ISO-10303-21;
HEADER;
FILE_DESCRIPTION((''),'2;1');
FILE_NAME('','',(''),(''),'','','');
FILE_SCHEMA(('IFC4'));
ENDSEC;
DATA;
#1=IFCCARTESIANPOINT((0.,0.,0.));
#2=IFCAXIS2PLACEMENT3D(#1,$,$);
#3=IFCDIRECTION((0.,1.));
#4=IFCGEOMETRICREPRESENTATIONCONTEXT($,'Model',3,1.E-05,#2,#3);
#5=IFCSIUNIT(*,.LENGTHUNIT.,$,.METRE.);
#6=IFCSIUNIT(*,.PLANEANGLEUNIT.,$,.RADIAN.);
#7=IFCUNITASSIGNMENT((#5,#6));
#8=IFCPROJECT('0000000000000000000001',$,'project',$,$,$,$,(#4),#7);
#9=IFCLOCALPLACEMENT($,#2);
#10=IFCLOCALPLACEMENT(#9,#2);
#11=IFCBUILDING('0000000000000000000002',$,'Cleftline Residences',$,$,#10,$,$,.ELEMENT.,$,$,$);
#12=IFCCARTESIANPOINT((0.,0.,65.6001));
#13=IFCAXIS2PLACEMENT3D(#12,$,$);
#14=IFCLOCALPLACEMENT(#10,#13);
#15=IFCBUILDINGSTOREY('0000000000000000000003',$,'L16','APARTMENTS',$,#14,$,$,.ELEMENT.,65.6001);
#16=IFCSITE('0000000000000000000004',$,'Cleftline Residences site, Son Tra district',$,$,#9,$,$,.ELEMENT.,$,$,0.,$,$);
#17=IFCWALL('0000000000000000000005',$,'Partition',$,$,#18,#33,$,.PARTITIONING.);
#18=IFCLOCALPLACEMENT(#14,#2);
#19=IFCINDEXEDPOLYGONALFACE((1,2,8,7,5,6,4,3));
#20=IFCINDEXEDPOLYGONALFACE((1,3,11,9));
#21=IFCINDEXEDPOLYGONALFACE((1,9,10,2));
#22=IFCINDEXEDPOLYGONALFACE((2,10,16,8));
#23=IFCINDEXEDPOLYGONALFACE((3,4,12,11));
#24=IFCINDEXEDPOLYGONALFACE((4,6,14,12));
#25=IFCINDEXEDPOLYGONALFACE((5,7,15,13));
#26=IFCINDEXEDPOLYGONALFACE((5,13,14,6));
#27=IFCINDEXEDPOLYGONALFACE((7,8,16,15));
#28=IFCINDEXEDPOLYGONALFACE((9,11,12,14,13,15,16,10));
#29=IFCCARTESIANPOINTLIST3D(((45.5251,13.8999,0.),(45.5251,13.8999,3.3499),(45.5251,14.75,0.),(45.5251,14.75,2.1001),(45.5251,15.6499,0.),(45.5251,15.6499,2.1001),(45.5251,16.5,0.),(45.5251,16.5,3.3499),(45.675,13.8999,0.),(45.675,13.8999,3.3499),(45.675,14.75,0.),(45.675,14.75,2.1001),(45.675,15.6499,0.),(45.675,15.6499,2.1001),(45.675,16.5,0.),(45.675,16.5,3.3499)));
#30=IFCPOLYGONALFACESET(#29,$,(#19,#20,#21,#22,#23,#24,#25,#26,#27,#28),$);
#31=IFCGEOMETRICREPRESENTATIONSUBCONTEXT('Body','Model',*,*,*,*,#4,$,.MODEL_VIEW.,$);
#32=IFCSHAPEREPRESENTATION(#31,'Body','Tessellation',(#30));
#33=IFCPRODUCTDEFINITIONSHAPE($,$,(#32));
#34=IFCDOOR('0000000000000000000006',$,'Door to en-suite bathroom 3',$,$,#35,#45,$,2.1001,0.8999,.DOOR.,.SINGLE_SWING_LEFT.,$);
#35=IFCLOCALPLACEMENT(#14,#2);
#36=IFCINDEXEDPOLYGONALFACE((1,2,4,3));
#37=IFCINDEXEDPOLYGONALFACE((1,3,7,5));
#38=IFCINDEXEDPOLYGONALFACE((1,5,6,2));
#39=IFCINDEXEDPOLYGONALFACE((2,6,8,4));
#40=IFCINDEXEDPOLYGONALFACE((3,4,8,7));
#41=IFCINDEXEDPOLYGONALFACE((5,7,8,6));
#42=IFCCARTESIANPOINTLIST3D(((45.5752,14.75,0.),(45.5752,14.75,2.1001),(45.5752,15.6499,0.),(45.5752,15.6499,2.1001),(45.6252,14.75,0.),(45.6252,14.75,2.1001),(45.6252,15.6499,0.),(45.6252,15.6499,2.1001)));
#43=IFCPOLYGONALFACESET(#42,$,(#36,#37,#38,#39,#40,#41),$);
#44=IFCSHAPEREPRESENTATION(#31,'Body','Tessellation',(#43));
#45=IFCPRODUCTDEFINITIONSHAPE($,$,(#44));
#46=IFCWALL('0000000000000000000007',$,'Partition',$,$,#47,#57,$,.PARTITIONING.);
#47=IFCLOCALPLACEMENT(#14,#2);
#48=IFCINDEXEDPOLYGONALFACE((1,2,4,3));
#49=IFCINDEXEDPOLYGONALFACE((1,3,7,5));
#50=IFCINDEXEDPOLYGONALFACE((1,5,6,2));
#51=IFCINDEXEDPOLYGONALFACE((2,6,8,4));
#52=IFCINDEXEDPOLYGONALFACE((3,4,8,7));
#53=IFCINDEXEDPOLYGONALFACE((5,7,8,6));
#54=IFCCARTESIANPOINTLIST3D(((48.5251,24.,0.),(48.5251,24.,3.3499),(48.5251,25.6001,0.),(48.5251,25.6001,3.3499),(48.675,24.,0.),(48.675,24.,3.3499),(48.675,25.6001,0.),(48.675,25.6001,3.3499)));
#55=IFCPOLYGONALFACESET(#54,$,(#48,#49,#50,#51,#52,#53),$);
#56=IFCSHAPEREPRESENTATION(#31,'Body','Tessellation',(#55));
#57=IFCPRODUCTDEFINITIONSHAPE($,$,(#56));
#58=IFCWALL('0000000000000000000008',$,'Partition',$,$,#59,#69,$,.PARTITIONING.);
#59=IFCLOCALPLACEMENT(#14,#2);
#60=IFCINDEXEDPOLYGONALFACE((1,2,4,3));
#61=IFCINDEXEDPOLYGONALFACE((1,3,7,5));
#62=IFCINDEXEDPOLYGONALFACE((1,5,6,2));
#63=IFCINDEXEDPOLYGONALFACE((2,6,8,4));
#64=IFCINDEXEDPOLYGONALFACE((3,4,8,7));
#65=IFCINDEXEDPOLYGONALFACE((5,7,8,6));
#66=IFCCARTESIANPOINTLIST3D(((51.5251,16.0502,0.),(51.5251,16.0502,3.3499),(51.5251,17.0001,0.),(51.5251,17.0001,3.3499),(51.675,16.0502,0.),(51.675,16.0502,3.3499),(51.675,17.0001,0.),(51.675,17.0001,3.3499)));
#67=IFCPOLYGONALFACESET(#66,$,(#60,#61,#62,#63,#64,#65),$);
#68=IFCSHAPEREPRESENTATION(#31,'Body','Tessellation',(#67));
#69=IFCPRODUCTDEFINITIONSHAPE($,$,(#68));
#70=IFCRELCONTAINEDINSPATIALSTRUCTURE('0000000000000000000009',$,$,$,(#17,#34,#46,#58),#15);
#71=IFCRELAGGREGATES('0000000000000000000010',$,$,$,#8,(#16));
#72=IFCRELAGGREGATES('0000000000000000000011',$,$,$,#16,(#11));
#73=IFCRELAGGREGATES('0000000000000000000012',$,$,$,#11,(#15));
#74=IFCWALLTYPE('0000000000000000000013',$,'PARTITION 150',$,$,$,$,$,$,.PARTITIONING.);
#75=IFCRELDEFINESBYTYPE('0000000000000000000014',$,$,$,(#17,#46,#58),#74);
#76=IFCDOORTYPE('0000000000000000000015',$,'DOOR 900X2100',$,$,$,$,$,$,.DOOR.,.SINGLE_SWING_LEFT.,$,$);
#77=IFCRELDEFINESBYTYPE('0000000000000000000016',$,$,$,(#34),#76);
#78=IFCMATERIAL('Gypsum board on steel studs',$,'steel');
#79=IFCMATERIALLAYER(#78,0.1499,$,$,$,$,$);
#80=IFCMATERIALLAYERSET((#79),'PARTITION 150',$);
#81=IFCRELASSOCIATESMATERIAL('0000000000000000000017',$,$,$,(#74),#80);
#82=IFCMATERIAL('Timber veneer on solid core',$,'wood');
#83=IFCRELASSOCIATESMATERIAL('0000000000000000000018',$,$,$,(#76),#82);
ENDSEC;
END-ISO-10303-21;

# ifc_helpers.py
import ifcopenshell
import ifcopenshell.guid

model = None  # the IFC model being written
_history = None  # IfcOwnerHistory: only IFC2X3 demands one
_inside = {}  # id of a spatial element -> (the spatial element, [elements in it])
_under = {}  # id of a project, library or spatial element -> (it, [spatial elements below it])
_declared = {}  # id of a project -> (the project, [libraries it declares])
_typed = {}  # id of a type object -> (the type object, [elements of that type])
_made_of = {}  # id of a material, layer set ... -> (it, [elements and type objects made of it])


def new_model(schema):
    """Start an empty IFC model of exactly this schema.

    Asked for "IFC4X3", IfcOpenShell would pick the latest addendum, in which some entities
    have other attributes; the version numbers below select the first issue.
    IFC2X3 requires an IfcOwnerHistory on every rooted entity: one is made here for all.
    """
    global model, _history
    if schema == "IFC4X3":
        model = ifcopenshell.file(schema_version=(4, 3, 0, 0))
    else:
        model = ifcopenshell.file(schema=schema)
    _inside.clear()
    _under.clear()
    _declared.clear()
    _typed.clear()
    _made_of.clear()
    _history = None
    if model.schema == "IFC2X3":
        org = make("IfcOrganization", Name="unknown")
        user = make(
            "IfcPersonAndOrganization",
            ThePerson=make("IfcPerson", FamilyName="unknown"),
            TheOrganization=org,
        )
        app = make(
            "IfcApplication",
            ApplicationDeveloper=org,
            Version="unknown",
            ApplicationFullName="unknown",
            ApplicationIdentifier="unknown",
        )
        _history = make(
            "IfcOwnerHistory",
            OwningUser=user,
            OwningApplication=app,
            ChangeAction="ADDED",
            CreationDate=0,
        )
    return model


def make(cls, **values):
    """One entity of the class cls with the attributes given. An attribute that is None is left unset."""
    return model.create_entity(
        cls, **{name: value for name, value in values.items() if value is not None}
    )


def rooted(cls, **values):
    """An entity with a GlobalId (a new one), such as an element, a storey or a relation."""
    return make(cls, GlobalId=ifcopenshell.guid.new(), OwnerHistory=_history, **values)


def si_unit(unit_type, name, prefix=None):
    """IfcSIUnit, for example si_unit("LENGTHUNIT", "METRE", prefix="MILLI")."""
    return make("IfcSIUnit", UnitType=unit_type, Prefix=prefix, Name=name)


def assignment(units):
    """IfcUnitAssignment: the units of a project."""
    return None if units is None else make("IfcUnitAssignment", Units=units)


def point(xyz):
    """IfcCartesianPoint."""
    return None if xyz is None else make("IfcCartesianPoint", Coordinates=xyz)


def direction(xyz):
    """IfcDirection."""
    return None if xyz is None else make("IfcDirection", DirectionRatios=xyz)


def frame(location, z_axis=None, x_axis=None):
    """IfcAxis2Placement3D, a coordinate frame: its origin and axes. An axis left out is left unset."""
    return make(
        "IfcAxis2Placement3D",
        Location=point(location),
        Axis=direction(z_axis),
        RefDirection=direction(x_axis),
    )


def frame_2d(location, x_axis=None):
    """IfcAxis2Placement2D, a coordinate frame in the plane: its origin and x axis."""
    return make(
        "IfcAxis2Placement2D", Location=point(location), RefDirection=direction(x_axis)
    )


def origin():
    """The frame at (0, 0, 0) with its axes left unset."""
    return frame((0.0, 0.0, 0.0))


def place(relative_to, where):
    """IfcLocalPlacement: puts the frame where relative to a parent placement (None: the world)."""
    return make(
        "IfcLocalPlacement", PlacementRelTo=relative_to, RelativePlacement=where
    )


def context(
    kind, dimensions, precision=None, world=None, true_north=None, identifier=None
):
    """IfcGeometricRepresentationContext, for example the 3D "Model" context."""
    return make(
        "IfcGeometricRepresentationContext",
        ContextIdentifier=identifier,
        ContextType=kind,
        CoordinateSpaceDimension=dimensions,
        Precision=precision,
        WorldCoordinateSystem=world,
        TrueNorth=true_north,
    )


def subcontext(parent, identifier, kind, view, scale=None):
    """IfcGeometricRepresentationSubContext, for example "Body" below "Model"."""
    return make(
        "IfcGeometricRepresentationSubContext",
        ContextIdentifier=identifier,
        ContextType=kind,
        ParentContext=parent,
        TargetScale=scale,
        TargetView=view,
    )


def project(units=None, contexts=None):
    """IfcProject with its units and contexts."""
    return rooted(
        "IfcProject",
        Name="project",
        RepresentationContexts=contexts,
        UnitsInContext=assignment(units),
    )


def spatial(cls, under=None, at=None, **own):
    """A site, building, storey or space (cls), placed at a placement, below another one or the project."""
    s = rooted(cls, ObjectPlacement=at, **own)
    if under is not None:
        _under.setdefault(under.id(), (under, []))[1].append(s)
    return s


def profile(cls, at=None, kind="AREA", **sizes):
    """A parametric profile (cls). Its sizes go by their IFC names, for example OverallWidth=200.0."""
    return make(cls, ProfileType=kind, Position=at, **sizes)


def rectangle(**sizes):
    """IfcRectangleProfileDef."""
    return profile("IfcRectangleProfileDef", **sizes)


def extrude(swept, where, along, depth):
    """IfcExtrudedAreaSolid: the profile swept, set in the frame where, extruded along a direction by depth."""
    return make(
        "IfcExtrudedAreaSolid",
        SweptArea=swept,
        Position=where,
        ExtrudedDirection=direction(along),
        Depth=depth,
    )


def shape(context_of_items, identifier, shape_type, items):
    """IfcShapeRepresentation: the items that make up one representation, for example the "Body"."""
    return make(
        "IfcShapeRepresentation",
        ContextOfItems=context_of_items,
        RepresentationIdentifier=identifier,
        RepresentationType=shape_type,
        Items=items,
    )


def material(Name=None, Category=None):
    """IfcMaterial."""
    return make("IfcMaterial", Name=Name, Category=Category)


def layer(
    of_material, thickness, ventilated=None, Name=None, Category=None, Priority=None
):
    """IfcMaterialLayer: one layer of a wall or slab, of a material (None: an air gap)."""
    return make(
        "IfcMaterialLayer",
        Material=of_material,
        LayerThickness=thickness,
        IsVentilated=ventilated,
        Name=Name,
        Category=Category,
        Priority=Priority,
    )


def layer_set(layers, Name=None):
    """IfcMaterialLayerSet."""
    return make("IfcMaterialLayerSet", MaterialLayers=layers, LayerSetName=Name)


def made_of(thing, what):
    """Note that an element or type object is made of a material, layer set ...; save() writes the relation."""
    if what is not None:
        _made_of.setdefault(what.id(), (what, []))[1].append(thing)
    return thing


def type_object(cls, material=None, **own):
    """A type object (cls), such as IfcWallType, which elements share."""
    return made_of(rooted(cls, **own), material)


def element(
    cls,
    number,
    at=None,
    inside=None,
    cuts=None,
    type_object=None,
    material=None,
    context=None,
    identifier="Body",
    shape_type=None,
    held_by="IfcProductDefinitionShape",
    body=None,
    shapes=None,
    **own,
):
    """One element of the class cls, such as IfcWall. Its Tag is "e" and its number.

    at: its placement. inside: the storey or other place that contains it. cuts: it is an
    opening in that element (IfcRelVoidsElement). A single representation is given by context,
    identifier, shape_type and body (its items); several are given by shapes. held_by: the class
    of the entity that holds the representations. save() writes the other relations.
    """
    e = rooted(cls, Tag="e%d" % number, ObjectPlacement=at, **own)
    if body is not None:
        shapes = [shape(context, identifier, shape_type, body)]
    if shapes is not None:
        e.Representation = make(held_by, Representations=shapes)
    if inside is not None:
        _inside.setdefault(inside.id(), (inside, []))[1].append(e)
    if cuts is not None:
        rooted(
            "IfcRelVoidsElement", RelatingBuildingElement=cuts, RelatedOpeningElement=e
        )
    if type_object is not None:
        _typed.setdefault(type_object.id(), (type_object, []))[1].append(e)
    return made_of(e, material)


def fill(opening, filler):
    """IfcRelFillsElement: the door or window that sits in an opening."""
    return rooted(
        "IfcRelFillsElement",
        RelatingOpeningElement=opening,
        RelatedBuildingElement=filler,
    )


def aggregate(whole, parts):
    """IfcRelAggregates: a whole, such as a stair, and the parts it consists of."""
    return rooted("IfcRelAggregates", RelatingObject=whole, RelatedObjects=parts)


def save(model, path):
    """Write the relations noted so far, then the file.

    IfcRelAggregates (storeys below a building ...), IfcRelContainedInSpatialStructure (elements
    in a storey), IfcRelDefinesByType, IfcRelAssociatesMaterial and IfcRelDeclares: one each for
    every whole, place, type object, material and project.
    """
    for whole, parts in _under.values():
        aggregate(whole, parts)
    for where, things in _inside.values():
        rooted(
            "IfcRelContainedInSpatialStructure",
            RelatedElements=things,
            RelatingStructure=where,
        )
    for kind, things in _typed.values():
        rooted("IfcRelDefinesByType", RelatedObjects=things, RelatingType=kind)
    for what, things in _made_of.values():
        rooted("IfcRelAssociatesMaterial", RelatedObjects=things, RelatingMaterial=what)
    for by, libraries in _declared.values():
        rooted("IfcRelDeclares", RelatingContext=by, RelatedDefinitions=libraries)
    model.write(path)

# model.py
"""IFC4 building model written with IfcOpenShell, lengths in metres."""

from ifc_helpers import new_model, si_unit, direction, frame, frame_2d, origin, place, context, subcontext, project, spatial, rectangle, extrude, material, layer, layer_set, type_object, element, fill, save


model = new_model("IFC4")

# Units and contexts
model_context = context("Model", 3, precision=1e-05, world=origin(), true_north=direction((0.0, 1.0)))
body_context = subcontext(model_context, "Body", "Model", "MODEL_VIEW")
ifc_project = project(units=[si_unit("LENGTHUNIT", "METRE"), si_unit("PLANEANGLEUNIT", "RADIAN")], contexts=[model_context])

# Site, building, storey
site_placement = place(None, origin())
site = spatial("IfcSite", under=ifc_project, at=site_placement, Name="Cleftline Residences site, Son Tra district", CompositionType="ELEMENT", RefElevation=0.0)
building_placement = place(site_placement, origin())
building = spatial("IfcBuilding", under=site, at=building_placement, Name="Cleftline Residences", CompositionType="ELEMENT")
storey_placement = place(building_placement, frame((0.0, 0.0, 65.6001)))
storey = spatial("IfcBuildingStorey", under=building, at=storey_placement, Name="L16", Description="APARTMENTS", CompositionType="ELEMENT", Elevation=65.6001)

# Shared definitions
ifc_material_1 = material(Name="Gypsum board on steel studs", Category="steel")
ifc_layer_1 = layer(ifc_material_1, 0.1499)
ifc_layer_set_1 = layer_set([ifc_layer_1], Name="PARTITION 150")
wall_type_1 = type_object("IfcWallType", Name="PARTITION 150", PredefinedType="PARTITIONING", material=ifc_layer_set_1)

# Wall, opening, door
wall_1_placement = place(storey_placement, frame((45.6001, 13.8999, 0.0), z_axis=(0.0, 0.0, 1.0), x_axis=(0.0, 1.0, 0.0)))
wall_1 = element("IfcWall", 1, at=wall_1_placement, inside=storey, type_object=wall_type_1, Name="Partition", PredefinedType="PARTITIONING", context=body_context, shape_type="SweptSolid", body=[
    extrude(rectangle(XDim=2.6001, YDim=0.1499, at=frame_2d((1.3, 0.0))), origin(), (0.0, 0.0, 1.0), 3.3499),
])
opening_1_placement = place(wall_1_placement, frame((0.8501, 0.0, 0.0)))
opening_1 = element("IfcOpeningElement", 2, at=opening_1_placement, cuts=wall_1, PredefinedType="OPENING", context=body_context, shape_type="SweptSolid", body=[
    extrude(rectangle(XDim=0.8999, YDim=2.1001, at=frame_2d((0.45, 1.05))), frame((0.0, 0.085, 0.0), z_axis=(0.0, -1.0, 0.0), x_axis=(1.0, 0.0, 0.0)), (0.0, 0.0, 1.0), 0.1699),
])
ifc_material_2 = material(Name="Timber veneer on solid core", Category="wood")
door_type_1 = type_object("IfcDoorType", Name="DOOR 900X2100", OperationType="SINGLE_SWING_LEFT", PredefinedType="DOOR", material=ifc_material_2)
door_1_placement = place(opening_1_placement, origin())
door_1 = element("IfcDoor", 3, at=door_1_placement, inside=storey, type_object=door_type_1, Name="Door to en-suite bathroom 3", OperationType="SINGLE_SWING_LEFT", OverallHeight=2.1001, OverallWidth=0.8999, PredefinedType="DOOR", context=body_context, shape_type="SweptSolid", body=[
    extrude(rectangle(XDim=0.8999, YDim=2.1001, at=frame_2d((0.45, 1.05))), frame((0.0, 0.0249, 0.0), z_axis=(0.0, -1.0, 0.0), x_axis=(1.0, 0.0, 0.0)), (0.0, 0.0, 1.0), 0.05),
])
fill(opening_1, door_1)

# Walls
wall_2_placement = place(storey_placement, frame((48.6001, 24.0, 0.0), z_axis=(0.0, 0.0, 1.0), x_axis=(0.0, 1.0, 0.0)))
element("IfcWall", 4, at=wall_2_placement, inside=storey, type_object=wall_type_1, Name="Partition", PredefinedType="PARTITIONING", context=body_context, shape_type="SweptSolid", body=[
    extrude(rectangle(XDim=1.6001, YDim=0.1499, at=frame_2d((0.8, 0.0))), origin(), (0.0, 0.0, 1.0), 3.3499),
])
wall_3_placement = place(storey_placement, frame((51.6001, 16.05, 0.0), z_axis=(0.0, 0.0, 1.0), x_axis=(0.0, 1.0, 0.0)))
element("IfcWall", 5, at=wall_3_placement, inside=storey, type_object=wall_type_1, Name="Partition", PredefinedType="PARTITIONING", context=body_context, shape_type="SweptSolid", body=[
    extrude(rectangle(XDim=0.95, YDim=0.1499, at=frame_2d((0.4751, 0.0))), origin(), (0.0, 0.0, 1.0), 3.3499),
])

save(model, "model.ifc")
